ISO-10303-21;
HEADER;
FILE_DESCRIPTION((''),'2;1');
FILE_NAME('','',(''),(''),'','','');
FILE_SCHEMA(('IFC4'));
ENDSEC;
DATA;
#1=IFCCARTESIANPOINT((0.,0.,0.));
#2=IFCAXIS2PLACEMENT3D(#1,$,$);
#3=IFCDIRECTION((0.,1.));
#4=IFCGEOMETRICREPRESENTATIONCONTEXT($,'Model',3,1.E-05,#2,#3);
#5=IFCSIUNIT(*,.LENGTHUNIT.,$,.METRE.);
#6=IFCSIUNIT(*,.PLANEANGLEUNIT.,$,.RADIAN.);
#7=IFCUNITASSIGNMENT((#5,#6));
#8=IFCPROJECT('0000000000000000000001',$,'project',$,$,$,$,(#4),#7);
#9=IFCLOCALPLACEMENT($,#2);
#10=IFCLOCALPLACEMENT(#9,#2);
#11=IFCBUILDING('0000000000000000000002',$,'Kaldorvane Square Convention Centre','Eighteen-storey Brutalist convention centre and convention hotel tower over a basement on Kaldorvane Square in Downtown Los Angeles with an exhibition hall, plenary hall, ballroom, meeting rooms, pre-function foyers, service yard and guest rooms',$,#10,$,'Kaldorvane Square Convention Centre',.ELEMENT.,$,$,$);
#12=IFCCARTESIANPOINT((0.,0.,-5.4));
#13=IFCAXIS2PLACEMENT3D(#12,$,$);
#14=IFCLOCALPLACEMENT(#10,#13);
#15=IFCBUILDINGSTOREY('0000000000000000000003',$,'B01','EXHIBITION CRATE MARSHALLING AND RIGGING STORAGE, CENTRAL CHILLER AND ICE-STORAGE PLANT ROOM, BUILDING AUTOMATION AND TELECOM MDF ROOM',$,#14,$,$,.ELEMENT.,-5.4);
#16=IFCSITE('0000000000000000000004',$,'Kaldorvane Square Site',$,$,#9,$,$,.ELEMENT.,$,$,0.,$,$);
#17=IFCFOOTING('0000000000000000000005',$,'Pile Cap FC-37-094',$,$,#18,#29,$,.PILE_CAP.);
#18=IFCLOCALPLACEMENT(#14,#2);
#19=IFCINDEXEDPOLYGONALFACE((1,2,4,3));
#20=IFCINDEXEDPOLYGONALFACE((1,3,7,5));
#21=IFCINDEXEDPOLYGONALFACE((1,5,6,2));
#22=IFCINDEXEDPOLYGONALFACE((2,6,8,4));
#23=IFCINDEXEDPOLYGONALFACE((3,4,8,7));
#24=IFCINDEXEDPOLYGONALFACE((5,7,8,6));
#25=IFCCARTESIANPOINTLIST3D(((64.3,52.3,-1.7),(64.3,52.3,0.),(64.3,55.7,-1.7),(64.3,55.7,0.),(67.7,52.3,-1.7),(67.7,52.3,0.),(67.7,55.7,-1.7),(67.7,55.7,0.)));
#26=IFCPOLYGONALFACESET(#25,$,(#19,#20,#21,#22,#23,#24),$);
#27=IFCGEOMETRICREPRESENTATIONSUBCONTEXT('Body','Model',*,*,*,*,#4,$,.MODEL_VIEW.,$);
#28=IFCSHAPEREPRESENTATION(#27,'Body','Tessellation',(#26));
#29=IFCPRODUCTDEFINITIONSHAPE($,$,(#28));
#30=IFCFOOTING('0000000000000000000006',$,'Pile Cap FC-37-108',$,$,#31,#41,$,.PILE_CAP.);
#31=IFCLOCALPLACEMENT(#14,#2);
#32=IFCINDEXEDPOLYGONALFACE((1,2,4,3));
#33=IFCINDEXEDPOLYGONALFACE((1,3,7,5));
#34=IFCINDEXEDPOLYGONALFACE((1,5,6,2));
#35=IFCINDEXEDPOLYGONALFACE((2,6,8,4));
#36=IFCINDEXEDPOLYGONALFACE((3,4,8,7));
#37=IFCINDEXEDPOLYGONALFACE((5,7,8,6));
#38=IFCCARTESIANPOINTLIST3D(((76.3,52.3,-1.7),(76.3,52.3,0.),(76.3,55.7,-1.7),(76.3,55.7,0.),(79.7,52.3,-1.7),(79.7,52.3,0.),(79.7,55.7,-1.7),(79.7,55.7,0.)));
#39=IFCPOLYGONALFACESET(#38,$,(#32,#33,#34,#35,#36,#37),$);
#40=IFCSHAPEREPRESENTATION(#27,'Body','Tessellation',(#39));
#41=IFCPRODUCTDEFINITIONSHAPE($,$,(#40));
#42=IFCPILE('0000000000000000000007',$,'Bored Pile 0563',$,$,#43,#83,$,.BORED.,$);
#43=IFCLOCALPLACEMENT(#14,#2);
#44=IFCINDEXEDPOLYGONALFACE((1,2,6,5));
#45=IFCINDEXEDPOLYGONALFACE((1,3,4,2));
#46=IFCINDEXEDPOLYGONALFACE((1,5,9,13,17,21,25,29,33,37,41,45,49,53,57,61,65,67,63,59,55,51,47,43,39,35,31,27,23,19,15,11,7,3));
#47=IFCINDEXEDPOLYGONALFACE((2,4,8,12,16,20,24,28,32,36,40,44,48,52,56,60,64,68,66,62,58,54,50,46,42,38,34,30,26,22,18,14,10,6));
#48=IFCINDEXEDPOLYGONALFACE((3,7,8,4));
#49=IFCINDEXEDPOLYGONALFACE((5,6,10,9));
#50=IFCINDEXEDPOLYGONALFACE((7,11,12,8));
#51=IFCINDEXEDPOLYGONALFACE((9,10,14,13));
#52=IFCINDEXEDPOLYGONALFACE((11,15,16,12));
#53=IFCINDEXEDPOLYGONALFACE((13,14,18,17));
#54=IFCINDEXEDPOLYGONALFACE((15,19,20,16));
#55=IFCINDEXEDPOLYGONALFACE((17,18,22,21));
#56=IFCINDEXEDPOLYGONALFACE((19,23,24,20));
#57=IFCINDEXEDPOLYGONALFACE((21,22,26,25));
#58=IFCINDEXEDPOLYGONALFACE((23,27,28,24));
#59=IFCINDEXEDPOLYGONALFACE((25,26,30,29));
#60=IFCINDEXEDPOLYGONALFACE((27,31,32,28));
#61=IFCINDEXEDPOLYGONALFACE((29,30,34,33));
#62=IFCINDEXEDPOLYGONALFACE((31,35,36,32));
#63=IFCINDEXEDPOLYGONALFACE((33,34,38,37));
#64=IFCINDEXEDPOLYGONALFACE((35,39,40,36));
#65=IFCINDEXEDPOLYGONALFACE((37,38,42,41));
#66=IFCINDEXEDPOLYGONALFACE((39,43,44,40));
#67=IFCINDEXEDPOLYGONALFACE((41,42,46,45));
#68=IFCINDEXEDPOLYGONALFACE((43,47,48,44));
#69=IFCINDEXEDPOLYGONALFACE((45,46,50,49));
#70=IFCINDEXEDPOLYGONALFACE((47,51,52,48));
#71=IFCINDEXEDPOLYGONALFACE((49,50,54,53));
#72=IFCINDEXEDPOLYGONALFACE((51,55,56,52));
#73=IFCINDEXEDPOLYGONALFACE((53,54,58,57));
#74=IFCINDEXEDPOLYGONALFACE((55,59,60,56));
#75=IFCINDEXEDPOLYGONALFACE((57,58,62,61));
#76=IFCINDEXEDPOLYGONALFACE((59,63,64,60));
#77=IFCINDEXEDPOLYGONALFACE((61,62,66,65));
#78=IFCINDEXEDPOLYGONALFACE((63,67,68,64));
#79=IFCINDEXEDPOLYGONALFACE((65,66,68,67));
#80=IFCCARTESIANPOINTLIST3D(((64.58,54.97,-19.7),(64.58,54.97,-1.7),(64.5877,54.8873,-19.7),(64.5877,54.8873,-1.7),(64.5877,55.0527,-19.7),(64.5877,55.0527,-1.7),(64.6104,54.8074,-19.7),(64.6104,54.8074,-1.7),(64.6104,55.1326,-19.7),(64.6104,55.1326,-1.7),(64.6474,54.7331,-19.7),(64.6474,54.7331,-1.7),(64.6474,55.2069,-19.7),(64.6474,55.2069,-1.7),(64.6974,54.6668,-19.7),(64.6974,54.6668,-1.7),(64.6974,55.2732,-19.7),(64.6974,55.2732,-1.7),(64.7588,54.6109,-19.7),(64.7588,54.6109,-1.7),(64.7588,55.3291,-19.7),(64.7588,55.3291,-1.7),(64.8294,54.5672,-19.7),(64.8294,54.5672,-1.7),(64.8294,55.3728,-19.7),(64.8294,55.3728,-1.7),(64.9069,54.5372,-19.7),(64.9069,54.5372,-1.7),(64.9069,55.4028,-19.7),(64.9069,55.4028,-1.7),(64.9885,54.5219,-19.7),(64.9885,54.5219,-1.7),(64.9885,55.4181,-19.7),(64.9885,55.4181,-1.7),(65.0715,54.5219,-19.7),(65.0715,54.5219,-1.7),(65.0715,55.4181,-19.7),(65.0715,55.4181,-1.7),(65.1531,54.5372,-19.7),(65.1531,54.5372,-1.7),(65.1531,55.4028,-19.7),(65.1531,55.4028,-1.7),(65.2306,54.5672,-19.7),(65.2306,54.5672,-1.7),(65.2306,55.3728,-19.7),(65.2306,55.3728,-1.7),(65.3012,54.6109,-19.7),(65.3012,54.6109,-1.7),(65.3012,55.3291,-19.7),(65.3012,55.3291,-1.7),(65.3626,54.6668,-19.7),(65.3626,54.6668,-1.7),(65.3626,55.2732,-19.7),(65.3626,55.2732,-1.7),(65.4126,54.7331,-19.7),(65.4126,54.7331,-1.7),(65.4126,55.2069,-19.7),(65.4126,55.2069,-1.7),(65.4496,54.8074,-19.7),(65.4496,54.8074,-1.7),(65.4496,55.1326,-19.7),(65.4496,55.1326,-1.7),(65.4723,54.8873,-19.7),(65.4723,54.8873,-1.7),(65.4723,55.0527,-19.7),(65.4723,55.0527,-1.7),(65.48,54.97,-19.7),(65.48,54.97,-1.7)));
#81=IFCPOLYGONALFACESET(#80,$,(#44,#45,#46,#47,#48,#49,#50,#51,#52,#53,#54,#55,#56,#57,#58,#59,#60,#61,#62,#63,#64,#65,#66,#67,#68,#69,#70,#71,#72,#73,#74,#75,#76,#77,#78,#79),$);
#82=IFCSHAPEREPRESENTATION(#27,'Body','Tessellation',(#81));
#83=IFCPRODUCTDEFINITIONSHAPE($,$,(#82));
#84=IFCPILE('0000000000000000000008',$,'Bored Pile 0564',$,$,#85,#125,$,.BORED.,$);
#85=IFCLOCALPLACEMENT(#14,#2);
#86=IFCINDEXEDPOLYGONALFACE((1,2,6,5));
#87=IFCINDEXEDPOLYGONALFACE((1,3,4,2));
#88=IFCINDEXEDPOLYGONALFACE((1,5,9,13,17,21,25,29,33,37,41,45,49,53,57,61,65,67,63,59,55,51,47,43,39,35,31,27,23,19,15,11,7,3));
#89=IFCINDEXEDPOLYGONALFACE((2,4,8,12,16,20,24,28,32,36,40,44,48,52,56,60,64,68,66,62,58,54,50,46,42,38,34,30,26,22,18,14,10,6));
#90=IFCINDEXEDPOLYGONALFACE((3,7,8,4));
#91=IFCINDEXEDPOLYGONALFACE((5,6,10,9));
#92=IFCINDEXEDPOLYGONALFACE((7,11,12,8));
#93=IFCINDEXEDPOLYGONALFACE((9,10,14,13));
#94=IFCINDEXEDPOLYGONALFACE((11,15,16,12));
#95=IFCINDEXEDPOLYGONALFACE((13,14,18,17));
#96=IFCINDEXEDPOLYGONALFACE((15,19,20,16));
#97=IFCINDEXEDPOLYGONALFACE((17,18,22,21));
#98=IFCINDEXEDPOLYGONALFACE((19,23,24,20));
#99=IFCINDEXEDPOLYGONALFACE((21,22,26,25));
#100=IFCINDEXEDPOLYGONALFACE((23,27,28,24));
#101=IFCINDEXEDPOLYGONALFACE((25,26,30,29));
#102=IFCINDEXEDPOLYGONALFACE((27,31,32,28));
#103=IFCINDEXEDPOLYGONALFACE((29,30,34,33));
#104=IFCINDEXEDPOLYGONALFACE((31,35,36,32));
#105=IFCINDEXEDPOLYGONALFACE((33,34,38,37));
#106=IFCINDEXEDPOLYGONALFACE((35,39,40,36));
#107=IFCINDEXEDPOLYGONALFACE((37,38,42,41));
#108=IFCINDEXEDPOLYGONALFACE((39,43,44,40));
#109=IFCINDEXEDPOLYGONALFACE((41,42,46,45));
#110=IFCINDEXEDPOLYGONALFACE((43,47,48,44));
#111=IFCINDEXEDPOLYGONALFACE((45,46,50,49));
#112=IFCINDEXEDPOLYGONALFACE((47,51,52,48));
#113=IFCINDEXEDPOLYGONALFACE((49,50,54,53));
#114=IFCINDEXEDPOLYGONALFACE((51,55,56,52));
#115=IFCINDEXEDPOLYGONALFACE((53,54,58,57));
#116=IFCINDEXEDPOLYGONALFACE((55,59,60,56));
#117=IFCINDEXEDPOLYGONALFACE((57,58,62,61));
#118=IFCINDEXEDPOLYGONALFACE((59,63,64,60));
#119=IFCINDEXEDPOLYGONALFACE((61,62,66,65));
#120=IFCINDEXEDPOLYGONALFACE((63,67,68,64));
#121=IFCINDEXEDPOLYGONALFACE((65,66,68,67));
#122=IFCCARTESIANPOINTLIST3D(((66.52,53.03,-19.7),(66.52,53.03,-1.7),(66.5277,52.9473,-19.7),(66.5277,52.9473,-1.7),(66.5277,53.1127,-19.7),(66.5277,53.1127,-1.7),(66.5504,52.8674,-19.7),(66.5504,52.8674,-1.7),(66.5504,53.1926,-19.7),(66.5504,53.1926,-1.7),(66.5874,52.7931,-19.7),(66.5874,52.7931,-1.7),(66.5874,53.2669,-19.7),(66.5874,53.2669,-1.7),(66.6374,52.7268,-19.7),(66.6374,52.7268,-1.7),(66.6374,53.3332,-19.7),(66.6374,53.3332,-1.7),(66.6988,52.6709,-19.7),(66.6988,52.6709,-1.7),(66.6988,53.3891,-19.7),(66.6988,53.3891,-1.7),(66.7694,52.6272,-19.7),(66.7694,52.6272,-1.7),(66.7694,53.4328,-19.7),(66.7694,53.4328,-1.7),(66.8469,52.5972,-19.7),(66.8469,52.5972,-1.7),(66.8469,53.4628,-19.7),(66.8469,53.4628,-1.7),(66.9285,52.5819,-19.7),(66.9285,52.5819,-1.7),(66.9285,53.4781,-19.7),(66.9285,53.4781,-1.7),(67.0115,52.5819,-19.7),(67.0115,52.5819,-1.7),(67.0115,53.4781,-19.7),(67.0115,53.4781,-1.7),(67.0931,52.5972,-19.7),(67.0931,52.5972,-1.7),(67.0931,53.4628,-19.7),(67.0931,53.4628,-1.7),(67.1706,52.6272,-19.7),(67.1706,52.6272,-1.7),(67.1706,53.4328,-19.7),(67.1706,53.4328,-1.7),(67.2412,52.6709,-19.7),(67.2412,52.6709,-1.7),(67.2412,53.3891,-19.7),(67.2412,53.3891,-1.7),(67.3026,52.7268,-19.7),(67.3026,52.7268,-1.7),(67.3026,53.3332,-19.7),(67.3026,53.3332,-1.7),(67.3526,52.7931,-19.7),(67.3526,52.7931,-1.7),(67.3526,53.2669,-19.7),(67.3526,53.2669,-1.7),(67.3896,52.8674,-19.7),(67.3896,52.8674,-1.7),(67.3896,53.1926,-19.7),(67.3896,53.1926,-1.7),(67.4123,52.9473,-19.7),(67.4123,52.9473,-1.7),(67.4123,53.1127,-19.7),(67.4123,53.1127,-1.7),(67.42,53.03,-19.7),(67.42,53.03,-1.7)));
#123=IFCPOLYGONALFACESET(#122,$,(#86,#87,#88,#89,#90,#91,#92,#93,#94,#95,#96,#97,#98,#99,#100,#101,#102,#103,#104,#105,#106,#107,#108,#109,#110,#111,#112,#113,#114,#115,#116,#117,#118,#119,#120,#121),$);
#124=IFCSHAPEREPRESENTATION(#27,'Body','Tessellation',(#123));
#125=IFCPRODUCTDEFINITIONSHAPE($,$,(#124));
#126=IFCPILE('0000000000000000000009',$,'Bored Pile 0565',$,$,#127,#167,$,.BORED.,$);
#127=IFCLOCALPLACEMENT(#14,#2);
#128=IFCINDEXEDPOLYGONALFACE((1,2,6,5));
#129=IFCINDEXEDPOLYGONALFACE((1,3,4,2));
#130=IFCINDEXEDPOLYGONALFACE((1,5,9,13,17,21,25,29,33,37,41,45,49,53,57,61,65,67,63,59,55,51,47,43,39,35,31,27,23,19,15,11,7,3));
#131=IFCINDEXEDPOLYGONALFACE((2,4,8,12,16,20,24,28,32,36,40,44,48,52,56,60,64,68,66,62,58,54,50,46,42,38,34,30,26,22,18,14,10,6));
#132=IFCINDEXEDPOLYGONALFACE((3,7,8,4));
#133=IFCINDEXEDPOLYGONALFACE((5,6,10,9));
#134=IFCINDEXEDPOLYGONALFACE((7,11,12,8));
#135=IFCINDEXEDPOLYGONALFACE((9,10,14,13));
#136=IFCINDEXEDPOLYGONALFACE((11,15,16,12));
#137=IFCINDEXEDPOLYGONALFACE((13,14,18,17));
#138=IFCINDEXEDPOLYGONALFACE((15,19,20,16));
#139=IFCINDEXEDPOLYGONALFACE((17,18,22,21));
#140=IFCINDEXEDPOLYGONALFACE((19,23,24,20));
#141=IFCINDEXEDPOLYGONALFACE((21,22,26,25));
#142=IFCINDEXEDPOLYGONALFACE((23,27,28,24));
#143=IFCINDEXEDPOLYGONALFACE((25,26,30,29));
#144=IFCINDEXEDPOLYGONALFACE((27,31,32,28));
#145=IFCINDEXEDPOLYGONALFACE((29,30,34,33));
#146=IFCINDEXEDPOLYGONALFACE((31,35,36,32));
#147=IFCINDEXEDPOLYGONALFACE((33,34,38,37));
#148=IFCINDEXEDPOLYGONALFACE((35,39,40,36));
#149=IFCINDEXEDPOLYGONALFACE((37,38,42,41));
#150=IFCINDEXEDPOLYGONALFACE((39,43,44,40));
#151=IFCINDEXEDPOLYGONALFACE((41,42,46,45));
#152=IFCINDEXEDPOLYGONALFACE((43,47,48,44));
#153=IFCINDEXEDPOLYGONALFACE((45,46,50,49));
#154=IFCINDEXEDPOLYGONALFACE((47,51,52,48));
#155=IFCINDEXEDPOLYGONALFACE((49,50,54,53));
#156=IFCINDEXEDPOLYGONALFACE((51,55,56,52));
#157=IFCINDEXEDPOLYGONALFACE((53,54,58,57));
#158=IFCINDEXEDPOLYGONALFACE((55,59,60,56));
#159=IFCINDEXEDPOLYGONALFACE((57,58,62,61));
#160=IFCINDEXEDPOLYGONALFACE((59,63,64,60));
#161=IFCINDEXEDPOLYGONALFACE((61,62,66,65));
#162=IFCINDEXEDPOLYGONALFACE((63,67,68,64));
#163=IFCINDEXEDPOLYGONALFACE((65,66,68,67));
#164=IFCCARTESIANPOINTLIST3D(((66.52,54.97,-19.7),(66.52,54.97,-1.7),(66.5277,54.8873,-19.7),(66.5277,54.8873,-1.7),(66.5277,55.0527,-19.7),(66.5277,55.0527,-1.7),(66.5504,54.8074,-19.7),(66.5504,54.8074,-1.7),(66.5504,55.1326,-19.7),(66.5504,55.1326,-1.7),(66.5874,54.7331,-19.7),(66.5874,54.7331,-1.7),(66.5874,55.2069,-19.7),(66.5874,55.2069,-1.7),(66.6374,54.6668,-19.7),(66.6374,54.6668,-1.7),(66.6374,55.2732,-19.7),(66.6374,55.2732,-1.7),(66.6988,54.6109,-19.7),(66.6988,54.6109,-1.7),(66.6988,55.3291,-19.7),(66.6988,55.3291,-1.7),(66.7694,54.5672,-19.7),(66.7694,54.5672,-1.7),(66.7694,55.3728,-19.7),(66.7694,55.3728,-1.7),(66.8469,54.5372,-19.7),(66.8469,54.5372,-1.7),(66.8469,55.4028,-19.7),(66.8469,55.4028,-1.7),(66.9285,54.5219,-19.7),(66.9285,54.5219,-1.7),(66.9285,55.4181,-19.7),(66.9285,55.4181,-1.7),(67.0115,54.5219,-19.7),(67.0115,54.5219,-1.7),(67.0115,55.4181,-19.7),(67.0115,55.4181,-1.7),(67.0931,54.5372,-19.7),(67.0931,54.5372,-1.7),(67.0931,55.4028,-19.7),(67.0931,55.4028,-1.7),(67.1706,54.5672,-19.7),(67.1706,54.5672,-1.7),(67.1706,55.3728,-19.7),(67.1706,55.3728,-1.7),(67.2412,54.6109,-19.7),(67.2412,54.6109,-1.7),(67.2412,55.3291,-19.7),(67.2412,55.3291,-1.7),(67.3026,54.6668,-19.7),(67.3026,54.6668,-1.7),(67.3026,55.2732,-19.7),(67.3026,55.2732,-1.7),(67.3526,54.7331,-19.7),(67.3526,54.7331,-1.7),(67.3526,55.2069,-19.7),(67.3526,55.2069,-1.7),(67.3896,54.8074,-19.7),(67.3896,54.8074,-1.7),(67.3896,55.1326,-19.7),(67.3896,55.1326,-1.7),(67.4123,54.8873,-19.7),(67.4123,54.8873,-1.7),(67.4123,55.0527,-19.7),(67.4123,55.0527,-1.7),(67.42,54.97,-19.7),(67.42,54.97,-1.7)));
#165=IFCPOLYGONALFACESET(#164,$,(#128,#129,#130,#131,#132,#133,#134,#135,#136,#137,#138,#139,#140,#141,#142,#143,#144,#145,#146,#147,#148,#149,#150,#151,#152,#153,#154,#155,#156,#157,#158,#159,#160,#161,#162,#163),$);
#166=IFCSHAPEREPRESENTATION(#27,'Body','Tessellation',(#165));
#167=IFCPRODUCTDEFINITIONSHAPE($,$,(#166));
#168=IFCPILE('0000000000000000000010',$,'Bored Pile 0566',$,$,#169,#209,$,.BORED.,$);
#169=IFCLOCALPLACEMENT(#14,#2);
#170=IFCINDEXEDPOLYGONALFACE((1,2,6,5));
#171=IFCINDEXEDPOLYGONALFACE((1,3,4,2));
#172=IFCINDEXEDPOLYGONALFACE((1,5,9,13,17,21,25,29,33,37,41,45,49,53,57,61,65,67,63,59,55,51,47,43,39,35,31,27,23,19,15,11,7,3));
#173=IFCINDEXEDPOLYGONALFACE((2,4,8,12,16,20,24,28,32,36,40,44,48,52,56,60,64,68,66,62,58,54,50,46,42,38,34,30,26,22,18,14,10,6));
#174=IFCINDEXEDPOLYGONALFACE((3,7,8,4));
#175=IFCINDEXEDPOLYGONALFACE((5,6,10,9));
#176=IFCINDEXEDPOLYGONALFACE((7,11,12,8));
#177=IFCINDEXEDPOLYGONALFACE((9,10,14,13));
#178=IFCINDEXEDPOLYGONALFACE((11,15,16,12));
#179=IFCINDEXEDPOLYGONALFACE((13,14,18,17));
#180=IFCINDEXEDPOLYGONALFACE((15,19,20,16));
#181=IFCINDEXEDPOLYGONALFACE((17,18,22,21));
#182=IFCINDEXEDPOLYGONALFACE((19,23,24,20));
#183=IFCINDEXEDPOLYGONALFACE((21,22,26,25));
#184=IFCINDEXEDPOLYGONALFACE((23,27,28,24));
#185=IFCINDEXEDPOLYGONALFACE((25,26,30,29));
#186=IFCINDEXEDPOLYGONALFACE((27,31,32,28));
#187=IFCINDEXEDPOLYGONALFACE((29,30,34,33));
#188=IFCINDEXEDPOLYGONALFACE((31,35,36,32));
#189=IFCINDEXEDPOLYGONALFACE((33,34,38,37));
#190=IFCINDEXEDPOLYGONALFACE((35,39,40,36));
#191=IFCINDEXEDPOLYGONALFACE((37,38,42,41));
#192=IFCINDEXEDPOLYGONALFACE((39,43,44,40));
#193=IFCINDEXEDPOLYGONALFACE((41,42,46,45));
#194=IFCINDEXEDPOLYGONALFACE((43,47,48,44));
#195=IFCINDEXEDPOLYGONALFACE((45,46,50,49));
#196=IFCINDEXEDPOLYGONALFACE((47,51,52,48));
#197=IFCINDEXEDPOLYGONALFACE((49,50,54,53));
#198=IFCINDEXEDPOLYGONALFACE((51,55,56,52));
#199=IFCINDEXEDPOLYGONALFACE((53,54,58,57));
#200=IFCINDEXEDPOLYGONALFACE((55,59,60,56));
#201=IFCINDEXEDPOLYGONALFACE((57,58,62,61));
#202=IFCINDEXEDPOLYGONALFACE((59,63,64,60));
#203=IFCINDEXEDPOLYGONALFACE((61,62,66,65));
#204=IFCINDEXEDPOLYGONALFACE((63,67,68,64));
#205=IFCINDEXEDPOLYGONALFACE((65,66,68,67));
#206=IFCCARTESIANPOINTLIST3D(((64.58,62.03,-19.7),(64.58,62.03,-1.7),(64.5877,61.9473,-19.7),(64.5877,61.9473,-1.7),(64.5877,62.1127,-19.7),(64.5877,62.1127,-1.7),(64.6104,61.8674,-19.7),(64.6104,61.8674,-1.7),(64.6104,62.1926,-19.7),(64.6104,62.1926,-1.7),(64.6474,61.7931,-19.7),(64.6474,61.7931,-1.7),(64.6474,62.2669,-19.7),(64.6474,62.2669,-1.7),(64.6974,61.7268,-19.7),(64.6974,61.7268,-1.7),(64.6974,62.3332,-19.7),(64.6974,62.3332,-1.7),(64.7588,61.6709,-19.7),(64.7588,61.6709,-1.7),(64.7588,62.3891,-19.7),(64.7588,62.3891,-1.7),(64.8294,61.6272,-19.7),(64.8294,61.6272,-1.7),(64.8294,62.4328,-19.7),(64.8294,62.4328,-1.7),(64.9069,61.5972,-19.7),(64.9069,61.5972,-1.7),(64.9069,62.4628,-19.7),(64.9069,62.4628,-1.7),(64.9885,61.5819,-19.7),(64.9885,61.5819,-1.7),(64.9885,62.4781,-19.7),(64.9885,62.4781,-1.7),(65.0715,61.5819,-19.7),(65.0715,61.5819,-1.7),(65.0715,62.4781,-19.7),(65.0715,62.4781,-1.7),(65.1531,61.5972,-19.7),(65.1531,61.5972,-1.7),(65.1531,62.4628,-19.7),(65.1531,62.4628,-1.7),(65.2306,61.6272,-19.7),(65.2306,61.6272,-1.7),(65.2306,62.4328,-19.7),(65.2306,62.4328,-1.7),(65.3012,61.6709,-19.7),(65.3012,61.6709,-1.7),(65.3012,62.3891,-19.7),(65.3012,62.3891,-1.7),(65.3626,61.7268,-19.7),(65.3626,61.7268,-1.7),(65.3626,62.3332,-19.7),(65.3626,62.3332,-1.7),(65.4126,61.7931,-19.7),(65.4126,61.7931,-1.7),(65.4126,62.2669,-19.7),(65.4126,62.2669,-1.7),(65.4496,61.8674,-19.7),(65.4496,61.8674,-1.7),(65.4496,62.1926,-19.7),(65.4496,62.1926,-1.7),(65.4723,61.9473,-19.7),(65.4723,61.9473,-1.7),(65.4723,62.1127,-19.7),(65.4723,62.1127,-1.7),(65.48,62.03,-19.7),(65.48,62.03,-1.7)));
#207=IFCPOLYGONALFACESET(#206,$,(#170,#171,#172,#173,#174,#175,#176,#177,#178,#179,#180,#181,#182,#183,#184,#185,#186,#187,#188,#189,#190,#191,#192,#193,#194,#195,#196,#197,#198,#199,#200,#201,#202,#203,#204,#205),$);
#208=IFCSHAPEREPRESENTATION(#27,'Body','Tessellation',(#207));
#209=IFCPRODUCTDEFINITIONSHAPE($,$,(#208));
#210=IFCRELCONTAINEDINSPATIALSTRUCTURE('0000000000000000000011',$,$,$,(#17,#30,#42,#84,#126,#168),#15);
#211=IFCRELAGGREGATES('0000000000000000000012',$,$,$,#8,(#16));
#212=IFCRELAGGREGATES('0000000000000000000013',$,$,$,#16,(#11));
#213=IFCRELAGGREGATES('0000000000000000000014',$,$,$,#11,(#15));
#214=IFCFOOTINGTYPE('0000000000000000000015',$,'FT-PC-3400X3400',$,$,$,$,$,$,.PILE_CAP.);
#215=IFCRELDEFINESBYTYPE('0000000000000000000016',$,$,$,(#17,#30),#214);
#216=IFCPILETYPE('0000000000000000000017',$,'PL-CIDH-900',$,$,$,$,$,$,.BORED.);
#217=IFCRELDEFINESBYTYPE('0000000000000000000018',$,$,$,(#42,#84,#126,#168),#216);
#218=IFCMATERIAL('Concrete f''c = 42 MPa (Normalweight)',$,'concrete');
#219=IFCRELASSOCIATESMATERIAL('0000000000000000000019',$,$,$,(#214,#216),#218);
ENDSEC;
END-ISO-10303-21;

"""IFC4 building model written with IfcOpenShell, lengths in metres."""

from ifc_helpers import new_model, si_unit, direction, frame, origin, origin_2d, place, context, subcontext, project, spatial, rectangle, circle, extrude, material, material_profile, profile_set, type_object, element, save


model = new_model("IFC4")

# Units and contexts
model_context = context("Model", 3, precision=1e-05, world=origin(), true_north=direction((0.0, 1.0)))
body_context = subcontext(model_context, "Body", "Model", "MODEL_VIEW")
ifc_project = project(units=[si_unit("LENGTHUNIT", "METRE"), si_unit("PLANEANGLEUNIT", "RADIAN")], contexts=[model_context])

# Site, building, storey
site_placement = place(None, origin())
site = spatial("IfcSite", under=ifc_project, at=site_placement, Name="Kaldorvane Square Site", CompositionType="ELEMENT", RefElevation=0.0)
building_placement = place(site_placement, origin())
building = spatial("IfcBuilding", under=site, at=building_placement, Name="Kaldorvane Square Convention Centre", Description="Eighteen-storey Brutalist convention centre and convention hotel tower over a basement on Kaldorvane Square in Downtown Los Angeles with an exhibition hall, plenary hall, ballroom, meeting rooms, pre-function foyers, service yard and guest rooms", LongName="Kaldorvane Square Convention Centre", CompositionType="ELEMENT")
storey_placement = place(building_placement, frame((0.0, 0.0, -5.4)))
storey = spatial("IfcBuildingStorey", under=building, at=storey_placement, Name="B01", Description="EXHIBITION CRATE MARSHALLING AND RIGGING STORAGE, CENTRAL CHILLER AND ICE-STORAGE PLANT ROOM, BUILDING AUTOMATION AND TELECOM MDF ROOM", CompositionType="ELEMENT", Elevation=-5.4)

# Footings
ifc_material_1 = material(Name="Concrete f'c = 42 MPa (Normalweight)", Category="concrete")
footing_type = type_object("IfcFootingType", Name="FT-PC-3400X3400", PredefinedType="PILE_CAP", material=ifc_material_1)
for number, where, z_axis, x_axis, name in (
    (1, (66.0, 54.0, -1.7), (0.0, 0.0, 1.0), (1.0, 0.0, 0.0), "Pile Cap FC-37-094"),
    (2, (78.0, 54.0, -1.7), (0.0, 0.0, 1.0), (1.0, 0.0, 0.0), "Pile Cap FC-37-108"),
):
    element("IfcFooting", number, at=place(storey_placement, frame(where, z_axis=z_axis, x_axis=x_axis)), inside=storey, type_object=footing_type, Name=name, PredefinedType="PILE_CAP", context=body_context, shape_type="SweptSolid", body=[
        extrude(rectangle(XDim=3.4, YDim=3.4, at=origin_2d()), origin(), (0.0, 0.0, 1.0), 1.7),
    ])

# Piles
ifc_material_profile_1 = material_profile(ifc_material_1, circle(Radius=0.45, at=origin_2d()), Name="PILE-D900")
ifc_profile_set_1 = profile_set([ifc_material_profile_1], Name="Concrete f'c = 42 MPa (Normalweight)")
pile_type = type_object("IfcPileType", Name="PL-CIDH-900", PredefinedType="BORED", material=ifc_profile_set_1)
for number, where, z_axis, x_axis, name in (
    (3, (65.03, 54.97, -1.7), (0.0, 0.0, -1.0), (1.0, 0.0, 0.0), "Bored Pile 0563"),
    (4, (66.97, 53.03, -1.7), (0.0, 0.0, -1.0), (1.0, 0.0, 0.0), "Bored Pile 0564"),
    (5, (66.97, 54.97, -1.7), (0.0, 0.0, -1.0), (1.0, 0.0, 0.0), "Bored Pile 0565"),
    (6, (65.03, 62.03, -1.7), (0.0, 0.0, -1.0), (1.0, 0.0, 0.0), "Bored Pile 0566"),
):
    element("IfcPile", number, at=place(storey_placement, frame(where, z_axis=z_axis, x_axis=x_axis)), inside=storey, type_object=pile_type, Name=name, PredefinedType="BORED", context=body_context, shape_type="SweptSolid", body=[
        extrude(circle(Radius=0.45, at=origin_2d()), origin(), (0.0, 0.0, 1.0), 18.0),
    ])

save(model, "model.ifc")
